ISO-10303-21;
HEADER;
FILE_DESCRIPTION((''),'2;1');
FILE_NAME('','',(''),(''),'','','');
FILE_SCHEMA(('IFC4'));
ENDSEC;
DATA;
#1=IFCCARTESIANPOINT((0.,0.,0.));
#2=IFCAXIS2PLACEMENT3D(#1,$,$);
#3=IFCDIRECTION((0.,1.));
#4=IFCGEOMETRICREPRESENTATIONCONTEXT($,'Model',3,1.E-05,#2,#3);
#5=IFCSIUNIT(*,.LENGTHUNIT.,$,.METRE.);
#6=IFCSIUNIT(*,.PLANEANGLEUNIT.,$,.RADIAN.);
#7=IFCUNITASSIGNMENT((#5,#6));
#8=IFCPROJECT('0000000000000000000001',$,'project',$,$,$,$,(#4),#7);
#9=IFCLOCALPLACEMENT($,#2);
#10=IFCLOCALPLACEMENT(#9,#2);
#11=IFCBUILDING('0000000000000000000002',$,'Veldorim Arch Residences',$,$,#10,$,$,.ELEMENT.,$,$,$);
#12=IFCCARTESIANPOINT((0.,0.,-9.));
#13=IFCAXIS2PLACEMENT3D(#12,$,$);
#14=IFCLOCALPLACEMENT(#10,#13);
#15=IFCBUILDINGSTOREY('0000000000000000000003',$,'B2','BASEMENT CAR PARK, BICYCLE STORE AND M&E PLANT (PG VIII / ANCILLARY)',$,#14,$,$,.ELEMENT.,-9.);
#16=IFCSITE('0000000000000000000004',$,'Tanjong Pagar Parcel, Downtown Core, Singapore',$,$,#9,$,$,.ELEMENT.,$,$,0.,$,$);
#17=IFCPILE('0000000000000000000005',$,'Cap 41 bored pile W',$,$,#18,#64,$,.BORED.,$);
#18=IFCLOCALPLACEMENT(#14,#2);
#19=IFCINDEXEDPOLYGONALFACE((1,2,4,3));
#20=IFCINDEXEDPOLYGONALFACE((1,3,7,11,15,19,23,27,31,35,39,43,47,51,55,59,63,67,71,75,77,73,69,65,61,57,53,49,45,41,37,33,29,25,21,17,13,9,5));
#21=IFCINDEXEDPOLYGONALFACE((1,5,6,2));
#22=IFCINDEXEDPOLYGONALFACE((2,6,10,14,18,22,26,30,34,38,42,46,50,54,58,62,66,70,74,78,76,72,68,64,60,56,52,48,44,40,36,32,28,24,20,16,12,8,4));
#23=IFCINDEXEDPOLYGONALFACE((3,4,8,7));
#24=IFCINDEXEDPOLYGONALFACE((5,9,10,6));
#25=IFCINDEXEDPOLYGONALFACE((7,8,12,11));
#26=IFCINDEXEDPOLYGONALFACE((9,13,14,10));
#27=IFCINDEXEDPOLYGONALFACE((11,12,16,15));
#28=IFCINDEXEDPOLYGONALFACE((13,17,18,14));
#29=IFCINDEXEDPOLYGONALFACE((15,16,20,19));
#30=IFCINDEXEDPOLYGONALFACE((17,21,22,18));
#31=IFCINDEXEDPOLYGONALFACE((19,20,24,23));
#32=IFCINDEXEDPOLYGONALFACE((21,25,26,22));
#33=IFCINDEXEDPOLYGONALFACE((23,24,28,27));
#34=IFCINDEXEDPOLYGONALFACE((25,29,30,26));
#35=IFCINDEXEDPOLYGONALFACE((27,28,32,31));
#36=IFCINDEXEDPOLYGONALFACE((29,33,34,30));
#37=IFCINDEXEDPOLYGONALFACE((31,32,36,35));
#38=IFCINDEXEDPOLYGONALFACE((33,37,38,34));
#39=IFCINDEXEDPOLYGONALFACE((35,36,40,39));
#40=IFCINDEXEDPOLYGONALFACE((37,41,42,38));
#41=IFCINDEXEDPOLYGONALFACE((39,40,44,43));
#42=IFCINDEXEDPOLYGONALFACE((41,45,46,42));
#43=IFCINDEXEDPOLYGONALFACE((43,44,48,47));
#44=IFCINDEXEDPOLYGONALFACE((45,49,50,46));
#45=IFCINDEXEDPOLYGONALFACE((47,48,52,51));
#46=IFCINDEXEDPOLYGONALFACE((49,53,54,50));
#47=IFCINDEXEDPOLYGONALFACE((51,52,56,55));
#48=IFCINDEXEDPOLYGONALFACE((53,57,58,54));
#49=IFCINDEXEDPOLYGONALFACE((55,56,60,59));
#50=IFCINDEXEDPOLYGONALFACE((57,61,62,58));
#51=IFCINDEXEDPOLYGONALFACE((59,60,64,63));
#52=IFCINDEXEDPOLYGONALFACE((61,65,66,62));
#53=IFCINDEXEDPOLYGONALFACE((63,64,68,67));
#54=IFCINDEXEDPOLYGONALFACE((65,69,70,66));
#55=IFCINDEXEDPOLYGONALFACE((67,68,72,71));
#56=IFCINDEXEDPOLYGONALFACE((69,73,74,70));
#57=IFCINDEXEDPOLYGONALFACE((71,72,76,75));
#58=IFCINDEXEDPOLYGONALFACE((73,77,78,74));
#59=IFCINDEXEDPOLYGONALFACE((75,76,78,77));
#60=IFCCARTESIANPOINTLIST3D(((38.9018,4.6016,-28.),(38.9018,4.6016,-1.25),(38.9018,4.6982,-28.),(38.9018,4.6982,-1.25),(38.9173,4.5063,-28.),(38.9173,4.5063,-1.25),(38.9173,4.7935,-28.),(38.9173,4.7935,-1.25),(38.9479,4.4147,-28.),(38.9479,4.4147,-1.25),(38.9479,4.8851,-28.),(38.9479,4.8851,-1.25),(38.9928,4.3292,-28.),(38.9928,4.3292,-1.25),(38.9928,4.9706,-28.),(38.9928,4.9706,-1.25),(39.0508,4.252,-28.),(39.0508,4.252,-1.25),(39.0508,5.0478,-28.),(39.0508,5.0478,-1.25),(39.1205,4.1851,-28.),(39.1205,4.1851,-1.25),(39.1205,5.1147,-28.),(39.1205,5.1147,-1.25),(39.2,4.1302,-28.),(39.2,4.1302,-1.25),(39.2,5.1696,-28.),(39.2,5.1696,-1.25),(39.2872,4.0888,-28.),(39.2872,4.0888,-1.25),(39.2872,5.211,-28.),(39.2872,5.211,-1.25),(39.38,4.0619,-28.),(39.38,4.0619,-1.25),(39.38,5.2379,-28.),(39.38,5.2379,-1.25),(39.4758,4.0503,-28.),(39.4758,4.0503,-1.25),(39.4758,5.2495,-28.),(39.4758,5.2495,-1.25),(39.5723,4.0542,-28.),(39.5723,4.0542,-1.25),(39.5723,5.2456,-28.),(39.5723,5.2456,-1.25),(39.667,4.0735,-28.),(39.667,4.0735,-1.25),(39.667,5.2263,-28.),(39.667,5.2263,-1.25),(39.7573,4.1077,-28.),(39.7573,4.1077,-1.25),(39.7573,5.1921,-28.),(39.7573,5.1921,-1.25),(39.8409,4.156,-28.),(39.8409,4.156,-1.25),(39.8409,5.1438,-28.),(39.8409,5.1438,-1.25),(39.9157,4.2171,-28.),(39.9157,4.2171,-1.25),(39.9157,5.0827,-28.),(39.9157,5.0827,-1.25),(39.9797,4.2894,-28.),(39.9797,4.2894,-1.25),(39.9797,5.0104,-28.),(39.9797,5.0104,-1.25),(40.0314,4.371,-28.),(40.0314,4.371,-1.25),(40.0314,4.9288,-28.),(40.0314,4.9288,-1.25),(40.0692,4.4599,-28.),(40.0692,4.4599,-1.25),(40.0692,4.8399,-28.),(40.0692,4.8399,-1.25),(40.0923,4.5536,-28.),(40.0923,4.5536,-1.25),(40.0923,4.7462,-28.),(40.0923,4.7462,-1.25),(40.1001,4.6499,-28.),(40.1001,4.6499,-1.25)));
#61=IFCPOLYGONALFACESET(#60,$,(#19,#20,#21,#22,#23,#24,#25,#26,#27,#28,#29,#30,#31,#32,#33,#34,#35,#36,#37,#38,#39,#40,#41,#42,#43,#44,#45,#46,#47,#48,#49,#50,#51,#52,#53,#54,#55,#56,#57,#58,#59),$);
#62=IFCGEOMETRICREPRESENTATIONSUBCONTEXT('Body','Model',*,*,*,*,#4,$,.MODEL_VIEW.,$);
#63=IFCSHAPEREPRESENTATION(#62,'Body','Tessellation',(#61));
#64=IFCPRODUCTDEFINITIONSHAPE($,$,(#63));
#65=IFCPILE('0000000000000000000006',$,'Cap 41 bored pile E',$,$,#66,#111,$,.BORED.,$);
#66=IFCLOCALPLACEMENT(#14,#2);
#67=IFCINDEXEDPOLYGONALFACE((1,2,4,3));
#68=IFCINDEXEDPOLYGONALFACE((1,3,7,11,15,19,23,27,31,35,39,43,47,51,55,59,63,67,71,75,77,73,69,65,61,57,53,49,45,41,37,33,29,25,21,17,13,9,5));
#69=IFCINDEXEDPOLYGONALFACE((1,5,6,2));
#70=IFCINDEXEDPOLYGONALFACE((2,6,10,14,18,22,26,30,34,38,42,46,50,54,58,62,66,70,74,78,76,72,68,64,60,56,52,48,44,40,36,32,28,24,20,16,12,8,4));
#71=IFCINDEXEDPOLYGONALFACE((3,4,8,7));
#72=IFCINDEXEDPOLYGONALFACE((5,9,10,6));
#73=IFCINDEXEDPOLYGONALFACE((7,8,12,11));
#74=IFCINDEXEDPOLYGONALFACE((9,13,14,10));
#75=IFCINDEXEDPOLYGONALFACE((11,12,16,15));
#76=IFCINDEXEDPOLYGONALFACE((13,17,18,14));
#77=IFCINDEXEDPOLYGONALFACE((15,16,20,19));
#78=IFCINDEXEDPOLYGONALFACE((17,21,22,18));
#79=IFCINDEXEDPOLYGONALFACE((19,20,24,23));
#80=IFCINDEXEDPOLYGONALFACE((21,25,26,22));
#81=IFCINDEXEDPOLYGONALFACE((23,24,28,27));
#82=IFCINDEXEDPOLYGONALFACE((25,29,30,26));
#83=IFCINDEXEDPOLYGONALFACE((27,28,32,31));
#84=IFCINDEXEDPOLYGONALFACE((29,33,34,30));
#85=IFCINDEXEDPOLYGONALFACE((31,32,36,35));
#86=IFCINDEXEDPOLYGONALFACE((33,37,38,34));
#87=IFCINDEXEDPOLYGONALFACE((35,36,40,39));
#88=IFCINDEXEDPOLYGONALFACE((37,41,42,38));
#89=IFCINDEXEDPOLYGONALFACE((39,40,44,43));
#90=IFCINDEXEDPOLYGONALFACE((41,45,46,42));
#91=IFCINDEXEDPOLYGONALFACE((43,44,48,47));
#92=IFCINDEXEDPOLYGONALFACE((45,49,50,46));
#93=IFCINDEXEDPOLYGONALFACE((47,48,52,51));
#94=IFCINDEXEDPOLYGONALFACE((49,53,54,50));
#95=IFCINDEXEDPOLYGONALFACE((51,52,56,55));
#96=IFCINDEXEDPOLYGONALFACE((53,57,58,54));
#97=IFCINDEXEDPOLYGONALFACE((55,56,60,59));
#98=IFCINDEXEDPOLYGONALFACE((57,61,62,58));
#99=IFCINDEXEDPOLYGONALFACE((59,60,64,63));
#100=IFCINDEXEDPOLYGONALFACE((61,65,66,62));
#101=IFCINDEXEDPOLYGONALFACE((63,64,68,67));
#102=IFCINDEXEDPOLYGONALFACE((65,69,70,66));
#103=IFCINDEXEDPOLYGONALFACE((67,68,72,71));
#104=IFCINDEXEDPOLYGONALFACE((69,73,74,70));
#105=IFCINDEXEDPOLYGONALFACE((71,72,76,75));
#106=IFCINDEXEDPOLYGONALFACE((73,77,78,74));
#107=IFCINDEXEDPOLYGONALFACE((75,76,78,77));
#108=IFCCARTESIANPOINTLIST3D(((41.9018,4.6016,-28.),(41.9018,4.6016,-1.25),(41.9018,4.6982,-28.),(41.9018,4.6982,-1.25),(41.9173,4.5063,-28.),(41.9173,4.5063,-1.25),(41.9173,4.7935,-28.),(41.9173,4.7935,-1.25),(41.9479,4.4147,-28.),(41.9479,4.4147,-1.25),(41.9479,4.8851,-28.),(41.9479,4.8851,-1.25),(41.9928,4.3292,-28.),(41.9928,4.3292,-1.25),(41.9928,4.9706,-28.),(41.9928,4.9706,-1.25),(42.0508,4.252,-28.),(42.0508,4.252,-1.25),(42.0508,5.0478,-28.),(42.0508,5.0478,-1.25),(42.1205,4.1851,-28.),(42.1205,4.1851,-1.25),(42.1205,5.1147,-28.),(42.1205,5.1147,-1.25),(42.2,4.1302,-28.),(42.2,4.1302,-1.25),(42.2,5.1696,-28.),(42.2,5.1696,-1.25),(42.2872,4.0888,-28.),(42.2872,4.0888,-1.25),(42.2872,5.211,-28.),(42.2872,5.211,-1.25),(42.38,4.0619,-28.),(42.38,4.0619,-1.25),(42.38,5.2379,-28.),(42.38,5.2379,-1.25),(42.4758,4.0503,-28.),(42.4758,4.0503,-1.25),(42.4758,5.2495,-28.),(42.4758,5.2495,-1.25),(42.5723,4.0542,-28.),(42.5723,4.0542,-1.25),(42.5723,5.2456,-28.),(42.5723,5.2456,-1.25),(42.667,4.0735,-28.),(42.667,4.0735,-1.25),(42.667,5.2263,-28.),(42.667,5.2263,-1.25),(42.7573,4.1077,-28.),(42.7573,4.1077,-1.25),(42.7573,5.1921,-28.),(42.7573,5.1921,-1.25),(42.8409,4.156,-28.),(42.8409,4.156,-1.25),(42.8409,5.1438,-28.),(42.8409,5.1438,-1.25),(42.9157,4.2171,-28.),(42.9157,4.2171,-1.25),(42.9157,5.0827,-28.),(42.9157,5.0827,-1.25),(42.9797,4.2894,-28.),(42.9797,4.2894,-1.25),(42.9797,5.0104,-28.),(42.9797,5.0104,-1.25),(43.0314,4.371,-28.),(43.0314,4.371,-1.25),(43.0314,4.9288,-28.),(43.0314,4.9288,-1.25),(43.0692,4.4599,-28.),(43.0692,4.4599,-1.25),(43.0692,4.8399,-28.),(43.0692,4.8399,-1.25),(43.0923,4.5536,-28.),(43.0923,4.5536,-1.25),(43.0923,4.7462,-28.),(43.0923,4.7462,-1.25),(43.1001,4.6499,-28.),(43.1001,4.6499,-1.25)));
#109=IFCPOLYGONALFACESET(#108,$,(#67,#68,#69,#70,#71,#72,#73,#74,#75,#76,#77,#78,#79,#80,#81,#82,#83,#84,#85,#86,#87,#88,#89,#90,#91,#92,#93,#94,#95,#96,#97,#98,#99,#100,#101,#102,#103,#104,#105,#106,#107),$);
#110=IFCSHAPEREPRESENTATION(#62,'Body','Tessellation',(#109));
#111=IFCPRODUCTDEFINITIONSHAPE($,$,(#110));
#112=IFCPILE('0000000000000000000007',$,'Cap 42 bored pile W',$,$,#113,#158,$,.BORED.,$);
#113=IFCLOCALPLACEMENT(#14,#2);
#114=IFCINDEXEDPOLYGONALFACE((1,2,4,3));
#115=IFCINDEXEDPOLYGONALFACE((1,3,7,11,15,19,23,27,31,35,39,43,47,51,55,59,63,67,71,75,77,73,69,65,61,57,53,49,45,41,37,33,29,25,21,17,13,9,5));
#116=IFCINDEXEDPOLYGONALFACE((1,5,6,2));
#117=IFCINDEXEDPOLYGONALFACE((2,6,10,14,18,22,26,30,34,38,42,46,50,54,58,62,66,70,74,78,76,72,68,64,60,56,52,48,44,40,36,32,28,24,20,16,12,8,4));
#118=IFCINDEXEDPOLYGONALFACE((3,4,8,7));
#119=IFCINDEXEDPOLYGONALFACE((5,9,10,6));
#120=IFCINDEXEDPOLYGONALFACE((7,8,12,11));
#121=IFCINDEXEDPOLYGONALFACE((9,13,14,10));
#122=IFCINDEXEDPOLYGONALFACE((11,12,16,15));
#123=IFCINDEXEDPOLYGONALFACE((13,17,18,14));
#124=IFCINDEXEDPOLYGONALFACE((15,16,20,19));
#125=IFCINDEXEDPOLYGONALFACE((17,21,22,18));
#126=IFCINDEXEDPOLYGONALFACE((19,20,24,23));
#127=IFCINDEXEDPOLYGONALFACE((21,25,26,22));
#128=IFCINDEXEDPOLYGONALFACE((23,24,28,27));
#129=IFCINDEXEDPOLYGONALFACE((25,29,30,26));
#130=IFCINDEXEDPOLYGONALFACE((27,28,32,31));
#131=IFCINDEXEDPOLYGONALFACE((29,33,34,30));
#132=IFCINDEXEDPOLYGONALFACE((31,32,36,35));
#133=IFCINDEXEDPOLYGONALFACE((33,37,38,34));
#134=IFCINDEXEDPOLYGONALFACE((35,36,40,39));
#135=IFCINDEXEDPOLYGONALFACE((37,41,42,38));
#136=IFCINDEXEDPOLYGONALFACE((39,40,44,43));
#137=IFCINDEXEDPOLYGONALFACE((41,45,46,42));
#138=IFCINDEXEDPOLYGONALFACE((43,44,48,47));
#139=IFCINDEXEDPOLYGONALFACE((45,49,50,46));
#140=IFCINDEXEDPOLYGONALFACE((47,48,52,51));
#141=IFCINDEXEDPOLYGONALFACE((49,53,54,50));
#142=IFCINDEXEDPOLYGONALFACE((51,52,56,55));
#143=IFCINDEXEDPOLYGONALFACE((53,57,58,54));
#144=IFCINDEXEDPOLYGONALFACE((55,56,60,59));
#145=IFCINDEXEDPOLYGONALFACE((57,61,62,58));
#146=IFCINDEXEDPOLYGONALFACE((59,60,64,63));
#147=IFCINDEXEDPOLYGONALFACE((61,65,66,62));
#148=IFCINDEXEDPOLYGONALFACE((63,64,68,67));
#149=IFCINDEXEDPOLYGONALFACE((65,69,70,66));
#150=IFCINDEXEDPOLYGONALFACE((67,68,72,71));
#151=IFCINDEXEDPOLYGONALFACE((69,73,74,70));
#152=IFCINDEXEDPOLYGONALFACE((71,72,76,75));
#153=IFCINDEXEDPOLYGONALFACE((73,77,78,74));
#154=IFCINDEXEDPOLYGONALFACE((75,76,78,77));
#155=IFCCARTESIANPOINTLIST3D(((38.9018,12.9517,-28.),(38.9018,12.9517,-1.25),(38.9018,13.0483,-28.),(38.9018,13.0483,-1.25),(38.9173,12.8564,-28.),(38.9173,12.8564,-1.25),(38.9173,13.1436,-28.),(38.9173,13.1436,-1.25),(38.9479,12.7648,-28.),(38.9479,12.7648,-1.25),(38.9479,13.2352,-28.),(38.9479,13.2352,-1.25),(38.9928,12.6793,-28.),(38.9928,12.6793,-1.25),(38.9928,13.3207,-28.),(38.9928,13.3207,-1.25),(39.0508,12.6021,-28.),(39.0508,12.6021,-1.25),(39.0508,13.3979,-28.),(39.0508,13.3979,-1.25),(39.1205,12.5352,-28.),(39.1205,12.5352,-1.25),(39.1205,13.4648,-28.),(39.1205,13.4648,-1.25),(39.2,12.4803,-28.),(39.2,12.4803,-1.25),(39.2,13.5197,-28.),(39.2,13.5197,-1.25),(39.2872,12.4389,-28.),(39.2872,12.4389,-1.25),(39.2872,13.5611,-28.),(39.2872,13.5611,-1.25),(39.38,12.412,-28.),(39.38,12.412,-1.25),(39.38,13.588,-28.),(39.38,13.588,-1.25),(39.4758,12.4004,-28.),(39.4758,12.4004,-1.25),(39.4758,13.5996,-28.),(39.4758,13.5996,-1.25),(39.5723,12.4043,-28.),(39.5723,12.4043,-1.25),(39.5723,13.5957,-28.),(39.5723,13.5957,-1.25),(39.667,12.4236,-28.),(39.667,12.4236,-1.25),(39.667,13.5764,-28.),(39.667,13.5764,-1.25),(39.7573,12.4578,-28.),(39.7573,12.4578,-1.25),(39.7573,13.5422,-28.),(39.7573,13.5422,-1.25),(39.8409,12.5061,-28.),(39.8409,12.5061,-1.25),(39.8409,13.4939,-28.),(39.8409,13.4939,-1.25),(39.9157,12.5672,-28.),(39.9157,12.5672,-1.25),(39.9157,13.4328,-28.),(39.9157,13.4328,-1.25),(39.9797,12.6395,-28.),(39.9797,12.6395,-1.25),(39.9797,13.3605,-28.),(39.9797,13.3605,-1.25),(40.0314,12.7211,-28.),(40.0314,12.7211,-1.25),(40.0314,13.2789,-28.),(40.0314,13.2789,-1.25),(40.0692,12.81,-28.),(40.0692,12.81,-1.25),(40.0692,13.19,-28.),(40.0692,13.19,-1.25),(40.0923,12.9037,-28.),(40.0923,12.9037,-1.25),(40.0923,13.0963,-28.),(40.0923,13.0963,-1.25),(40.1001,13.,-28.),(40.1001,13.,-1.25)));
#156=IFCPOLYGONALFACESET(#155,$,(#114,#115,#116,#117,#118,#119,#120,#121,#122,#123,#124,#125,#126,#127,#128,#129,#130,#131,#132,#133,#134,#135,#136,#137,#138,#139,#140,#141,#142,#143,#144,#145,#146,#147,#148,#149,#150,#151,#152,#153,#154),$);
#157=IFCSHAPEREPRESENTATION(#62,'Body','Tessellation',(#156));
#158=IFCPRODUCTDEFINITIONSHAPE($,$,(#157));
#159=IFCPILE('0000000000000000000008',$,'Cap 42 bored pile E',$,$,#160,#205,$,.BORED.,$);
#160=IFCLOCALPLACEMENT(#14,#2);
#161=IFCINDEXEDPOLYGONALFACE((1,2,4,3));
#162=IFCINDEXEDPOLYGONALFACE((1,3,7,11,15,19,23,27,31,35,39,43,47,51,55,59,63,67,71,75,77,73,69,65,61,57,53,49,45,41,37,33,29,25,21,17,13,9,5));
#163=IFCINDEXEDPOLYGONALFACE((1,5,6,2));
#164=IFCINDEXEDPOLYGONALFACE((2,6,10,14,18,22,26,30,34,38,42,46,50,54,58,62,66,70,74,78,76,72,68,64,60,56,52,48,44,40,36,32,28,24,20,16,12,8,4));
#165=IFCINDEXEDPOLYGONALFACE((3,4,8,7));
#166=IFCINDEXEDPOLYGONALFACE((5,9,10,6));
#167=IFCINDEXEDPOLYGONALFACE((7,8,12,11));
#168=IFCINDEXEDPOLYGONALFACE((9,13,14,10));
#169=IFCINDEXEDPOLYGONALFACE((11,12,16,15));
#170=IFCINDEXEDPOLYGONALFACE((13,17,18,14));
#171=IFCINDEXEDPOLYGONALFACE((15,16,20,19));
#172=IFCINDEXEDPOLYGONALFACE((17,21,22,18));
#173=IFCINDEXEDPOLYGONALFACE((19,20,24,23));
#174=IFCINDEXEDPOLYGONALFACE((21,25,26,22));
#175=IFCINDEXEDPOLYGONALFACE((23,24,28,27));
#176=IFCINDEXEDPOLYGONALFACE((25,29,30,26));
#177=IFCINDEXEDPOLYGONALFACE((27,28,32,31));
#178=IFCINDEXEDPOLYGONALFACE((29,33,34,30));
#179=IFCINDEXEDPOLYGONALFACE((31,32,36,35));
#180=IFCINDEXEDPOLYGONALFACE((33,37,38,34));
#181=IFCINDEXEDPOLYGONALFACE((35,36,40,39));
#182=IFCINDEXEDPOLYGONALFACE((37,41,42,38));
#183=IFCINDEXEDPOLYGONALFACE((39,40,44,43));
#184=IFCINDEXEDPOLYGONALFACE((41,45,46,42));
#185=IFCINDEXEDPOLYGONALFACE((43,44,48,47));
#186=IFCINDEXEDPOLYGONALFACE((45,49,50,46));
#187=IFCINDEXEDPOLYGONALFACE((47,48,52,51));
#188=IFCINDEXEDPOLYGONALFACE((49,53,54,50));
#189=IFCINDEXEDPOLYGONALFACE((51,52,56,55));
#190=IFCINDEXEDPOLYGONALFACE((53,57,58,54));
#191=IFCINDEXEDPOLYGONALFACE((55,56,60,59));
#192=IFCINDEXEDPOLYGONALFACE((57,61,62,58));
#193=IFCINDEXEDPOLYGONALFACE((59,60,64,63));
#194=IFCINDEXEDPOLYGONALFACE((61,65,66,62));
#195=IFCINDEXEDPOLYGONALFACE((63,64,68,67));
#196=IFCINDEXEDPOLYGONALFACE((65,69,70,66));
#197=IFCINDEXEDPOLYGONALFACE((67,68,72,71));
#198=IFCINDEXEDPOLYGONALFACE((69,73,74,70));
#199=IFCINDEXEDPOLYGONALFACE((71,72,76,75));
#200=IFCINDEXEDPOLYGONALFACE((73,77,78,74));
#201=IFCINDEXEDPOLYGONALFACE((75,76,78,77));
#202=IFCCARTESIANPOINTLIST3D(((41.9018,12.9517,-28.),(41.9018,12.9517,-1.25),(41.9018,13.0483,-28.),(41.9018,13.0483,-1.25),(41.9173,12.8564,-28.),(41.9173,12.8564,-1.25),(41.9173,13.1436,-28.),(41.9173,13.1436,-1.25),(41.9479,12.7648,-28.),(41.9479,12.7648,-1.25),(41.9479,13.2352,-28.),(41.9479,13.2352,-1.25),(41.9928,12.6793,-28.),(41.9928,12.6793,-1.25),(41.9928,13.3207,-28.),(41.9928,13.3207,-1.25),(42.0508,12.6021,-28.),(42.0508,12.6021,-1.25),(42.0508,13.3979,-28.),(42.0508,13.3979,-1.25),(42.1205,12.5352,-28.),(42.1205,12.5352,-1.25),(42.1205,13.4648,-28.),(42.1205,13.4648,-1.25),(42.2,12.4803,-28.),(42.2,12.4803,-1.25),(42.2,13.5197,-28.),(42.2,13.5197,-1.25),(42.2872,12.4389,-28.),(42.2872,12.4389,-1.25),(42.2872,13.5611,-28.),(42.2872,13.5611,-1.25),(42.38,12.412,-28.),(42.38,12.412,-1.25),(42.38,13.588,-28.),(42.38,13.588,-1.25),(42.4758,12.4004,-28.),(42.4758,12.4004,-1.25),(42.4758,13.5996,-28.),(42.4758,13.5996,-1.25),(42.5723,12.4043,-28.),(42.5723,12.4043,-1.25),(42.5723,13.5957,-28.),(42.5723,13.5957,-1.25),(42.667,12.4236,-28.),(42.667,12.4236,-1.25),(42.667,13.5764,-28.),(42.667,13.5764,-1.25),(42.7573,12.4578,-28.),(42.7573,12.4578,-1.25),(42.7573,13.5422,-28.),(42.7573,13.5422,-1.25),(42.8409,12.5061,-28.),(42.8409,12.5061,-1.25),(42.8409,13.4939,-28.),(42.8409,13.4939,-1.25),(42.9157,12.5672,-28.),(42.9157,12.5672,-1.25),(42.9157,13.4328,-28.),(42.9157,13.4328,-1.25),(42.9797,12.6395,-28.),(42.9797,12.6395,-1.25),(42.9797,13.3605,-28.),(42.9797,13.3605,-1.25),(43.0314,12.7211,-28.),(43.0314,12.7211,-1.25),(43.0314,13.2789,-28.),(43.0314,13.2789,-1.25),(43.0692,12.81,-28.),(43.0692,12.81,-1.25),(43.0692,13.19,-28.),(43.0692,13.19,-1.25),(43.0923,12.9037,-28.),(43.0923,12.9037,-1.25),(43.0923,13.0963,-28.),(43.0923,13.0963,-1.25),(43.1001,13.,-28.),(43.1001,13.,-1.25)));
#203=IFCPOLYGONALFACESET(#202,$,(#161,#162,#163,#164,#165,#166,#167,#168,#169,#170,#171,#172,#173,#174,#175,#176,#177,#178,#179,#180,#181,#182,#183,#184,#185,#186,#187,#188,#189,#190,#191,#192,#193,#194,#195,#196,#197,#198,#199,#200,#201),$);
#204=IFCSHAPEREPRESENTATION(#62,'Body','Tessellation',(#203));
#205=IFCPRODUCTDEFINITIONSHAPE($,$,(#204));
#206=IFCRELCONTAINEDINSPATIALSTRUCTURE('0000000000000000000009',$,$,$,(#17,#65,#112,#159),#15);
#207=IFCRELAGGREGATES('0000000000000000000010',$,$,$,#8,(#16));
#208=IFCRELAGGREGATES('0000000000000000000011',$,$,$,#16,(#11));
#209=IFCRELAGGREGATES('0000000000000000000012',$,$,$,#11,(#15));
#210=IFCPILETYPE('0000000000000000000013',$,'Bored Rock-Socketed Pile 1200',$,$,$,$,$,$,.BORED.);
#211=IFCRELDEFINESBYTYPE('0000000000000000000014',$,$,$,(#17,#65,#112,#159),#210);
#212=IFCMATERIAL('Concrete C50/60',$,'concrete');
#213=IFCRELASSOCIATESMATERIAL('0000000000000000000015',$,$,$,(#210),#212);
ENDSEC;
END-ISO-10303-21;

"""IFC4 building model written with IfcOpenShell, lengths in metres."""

from ifc_helpers import new_model, si_unit, direction, frame, origin, origin_2d, place, context, subcontext, project, spatial, circle, extrude, material, material_profile, profile_set, type_object, element, save


model = new_model("IFC4")

# Units and contexts
model_context = context("Model", 3, precision=1e-05, world=origin(), true_north=direction((0.0, 1.0)))
body_context = subcontext(model_context, "Body", "Model", "MODEL_VIEW")
ifc_project = project(units=[si_unit("LENGTHUNIT", "METRE"), si_unit("PLANEANGLEUNIT", "RADIAN")], contexts=[model_context])

# Site, building, storey
site_placement = place(None, origin())
site = spatial("IfcSite", under=ifc_project, at=site_placement, Name="Tanjong Pagar Parcel, Downtown Core, Singapore", CompositionType="ELEMENT", RefElevation=0.0)
building_placement = place(site_placement, origin())
building = spatial("IfcBuilding", under=site, at=building_placement, Name="Veldorim Arch Residences", CompositionType="ELEMENT")
storey_placement = place(building_placement, frame((0.0, 0.0, -9.0)))
storey = spatial("IfcBuildingStorey", under=building, at=storey_placement, Name="B2", Description="BASEMENT CAR PARK, BICYCLE STORE AND M&E PLANT (PG VIII / ANCILLARY)", CompositionType="ELEMENT", Elevation=-9.0)

# Piles
ifc_material_1 = material(Name="Concrete C50/60", Category="concrete")
ifc_material_profile_1 = material_profile(ifc_material_1, circle(Radius=0.6001, at=origin_2d()), Name="PILE_1200")
ifc_profile_set_1 = profile_set([ifc_material_profile_1], Name="Concrete C50/60")
pile_type_1 = type_object("IfcPileType", Name="Bored Rock-Socketed Pile 1200", PredefinedType="BORED", material=ifc_profile_set_1)
for number, where, z_axis, x_axis, name in (
    (1, (39.5, 4.6499, -1.25), (0.0, 0.0, -1.0), (1.0, 0.0, 0.0), "Cap 41 bored pile W"),
    (2, (42.5, 4.6499, -1.25), (0.0, 0.0, -1.0), (1.0, 0.0, 0.0), "Cap 41 bored pile E"),
    (3, (39.5, 13.0, -1.25), (0.0, 0.0, -1.0), (1.0, 0.0, 0.0), "Cap 42 bored pile W"),
    (4, (42.5, 13.0, -1.25), (0.0, 0.0, -1.0), (1.0, 0.0, 0.0), "Cap 42 bored pile E"),
):
    element("IfcPile", number, at=place(storey_placement, frame(where, z_axis=z_axis, x_axis=x_axis)), inside=storey, type_object=pile_type_1, Name=name, PredefinedType="BORED", context=body_context, shape_type="SweptSolid", body=[
        extrude(circle(Radius=0.6001, at=origin_2d()), origin(), (0.0, 0.0, 1.0), 26.75),
    ])

save(model, "model.ifc")
